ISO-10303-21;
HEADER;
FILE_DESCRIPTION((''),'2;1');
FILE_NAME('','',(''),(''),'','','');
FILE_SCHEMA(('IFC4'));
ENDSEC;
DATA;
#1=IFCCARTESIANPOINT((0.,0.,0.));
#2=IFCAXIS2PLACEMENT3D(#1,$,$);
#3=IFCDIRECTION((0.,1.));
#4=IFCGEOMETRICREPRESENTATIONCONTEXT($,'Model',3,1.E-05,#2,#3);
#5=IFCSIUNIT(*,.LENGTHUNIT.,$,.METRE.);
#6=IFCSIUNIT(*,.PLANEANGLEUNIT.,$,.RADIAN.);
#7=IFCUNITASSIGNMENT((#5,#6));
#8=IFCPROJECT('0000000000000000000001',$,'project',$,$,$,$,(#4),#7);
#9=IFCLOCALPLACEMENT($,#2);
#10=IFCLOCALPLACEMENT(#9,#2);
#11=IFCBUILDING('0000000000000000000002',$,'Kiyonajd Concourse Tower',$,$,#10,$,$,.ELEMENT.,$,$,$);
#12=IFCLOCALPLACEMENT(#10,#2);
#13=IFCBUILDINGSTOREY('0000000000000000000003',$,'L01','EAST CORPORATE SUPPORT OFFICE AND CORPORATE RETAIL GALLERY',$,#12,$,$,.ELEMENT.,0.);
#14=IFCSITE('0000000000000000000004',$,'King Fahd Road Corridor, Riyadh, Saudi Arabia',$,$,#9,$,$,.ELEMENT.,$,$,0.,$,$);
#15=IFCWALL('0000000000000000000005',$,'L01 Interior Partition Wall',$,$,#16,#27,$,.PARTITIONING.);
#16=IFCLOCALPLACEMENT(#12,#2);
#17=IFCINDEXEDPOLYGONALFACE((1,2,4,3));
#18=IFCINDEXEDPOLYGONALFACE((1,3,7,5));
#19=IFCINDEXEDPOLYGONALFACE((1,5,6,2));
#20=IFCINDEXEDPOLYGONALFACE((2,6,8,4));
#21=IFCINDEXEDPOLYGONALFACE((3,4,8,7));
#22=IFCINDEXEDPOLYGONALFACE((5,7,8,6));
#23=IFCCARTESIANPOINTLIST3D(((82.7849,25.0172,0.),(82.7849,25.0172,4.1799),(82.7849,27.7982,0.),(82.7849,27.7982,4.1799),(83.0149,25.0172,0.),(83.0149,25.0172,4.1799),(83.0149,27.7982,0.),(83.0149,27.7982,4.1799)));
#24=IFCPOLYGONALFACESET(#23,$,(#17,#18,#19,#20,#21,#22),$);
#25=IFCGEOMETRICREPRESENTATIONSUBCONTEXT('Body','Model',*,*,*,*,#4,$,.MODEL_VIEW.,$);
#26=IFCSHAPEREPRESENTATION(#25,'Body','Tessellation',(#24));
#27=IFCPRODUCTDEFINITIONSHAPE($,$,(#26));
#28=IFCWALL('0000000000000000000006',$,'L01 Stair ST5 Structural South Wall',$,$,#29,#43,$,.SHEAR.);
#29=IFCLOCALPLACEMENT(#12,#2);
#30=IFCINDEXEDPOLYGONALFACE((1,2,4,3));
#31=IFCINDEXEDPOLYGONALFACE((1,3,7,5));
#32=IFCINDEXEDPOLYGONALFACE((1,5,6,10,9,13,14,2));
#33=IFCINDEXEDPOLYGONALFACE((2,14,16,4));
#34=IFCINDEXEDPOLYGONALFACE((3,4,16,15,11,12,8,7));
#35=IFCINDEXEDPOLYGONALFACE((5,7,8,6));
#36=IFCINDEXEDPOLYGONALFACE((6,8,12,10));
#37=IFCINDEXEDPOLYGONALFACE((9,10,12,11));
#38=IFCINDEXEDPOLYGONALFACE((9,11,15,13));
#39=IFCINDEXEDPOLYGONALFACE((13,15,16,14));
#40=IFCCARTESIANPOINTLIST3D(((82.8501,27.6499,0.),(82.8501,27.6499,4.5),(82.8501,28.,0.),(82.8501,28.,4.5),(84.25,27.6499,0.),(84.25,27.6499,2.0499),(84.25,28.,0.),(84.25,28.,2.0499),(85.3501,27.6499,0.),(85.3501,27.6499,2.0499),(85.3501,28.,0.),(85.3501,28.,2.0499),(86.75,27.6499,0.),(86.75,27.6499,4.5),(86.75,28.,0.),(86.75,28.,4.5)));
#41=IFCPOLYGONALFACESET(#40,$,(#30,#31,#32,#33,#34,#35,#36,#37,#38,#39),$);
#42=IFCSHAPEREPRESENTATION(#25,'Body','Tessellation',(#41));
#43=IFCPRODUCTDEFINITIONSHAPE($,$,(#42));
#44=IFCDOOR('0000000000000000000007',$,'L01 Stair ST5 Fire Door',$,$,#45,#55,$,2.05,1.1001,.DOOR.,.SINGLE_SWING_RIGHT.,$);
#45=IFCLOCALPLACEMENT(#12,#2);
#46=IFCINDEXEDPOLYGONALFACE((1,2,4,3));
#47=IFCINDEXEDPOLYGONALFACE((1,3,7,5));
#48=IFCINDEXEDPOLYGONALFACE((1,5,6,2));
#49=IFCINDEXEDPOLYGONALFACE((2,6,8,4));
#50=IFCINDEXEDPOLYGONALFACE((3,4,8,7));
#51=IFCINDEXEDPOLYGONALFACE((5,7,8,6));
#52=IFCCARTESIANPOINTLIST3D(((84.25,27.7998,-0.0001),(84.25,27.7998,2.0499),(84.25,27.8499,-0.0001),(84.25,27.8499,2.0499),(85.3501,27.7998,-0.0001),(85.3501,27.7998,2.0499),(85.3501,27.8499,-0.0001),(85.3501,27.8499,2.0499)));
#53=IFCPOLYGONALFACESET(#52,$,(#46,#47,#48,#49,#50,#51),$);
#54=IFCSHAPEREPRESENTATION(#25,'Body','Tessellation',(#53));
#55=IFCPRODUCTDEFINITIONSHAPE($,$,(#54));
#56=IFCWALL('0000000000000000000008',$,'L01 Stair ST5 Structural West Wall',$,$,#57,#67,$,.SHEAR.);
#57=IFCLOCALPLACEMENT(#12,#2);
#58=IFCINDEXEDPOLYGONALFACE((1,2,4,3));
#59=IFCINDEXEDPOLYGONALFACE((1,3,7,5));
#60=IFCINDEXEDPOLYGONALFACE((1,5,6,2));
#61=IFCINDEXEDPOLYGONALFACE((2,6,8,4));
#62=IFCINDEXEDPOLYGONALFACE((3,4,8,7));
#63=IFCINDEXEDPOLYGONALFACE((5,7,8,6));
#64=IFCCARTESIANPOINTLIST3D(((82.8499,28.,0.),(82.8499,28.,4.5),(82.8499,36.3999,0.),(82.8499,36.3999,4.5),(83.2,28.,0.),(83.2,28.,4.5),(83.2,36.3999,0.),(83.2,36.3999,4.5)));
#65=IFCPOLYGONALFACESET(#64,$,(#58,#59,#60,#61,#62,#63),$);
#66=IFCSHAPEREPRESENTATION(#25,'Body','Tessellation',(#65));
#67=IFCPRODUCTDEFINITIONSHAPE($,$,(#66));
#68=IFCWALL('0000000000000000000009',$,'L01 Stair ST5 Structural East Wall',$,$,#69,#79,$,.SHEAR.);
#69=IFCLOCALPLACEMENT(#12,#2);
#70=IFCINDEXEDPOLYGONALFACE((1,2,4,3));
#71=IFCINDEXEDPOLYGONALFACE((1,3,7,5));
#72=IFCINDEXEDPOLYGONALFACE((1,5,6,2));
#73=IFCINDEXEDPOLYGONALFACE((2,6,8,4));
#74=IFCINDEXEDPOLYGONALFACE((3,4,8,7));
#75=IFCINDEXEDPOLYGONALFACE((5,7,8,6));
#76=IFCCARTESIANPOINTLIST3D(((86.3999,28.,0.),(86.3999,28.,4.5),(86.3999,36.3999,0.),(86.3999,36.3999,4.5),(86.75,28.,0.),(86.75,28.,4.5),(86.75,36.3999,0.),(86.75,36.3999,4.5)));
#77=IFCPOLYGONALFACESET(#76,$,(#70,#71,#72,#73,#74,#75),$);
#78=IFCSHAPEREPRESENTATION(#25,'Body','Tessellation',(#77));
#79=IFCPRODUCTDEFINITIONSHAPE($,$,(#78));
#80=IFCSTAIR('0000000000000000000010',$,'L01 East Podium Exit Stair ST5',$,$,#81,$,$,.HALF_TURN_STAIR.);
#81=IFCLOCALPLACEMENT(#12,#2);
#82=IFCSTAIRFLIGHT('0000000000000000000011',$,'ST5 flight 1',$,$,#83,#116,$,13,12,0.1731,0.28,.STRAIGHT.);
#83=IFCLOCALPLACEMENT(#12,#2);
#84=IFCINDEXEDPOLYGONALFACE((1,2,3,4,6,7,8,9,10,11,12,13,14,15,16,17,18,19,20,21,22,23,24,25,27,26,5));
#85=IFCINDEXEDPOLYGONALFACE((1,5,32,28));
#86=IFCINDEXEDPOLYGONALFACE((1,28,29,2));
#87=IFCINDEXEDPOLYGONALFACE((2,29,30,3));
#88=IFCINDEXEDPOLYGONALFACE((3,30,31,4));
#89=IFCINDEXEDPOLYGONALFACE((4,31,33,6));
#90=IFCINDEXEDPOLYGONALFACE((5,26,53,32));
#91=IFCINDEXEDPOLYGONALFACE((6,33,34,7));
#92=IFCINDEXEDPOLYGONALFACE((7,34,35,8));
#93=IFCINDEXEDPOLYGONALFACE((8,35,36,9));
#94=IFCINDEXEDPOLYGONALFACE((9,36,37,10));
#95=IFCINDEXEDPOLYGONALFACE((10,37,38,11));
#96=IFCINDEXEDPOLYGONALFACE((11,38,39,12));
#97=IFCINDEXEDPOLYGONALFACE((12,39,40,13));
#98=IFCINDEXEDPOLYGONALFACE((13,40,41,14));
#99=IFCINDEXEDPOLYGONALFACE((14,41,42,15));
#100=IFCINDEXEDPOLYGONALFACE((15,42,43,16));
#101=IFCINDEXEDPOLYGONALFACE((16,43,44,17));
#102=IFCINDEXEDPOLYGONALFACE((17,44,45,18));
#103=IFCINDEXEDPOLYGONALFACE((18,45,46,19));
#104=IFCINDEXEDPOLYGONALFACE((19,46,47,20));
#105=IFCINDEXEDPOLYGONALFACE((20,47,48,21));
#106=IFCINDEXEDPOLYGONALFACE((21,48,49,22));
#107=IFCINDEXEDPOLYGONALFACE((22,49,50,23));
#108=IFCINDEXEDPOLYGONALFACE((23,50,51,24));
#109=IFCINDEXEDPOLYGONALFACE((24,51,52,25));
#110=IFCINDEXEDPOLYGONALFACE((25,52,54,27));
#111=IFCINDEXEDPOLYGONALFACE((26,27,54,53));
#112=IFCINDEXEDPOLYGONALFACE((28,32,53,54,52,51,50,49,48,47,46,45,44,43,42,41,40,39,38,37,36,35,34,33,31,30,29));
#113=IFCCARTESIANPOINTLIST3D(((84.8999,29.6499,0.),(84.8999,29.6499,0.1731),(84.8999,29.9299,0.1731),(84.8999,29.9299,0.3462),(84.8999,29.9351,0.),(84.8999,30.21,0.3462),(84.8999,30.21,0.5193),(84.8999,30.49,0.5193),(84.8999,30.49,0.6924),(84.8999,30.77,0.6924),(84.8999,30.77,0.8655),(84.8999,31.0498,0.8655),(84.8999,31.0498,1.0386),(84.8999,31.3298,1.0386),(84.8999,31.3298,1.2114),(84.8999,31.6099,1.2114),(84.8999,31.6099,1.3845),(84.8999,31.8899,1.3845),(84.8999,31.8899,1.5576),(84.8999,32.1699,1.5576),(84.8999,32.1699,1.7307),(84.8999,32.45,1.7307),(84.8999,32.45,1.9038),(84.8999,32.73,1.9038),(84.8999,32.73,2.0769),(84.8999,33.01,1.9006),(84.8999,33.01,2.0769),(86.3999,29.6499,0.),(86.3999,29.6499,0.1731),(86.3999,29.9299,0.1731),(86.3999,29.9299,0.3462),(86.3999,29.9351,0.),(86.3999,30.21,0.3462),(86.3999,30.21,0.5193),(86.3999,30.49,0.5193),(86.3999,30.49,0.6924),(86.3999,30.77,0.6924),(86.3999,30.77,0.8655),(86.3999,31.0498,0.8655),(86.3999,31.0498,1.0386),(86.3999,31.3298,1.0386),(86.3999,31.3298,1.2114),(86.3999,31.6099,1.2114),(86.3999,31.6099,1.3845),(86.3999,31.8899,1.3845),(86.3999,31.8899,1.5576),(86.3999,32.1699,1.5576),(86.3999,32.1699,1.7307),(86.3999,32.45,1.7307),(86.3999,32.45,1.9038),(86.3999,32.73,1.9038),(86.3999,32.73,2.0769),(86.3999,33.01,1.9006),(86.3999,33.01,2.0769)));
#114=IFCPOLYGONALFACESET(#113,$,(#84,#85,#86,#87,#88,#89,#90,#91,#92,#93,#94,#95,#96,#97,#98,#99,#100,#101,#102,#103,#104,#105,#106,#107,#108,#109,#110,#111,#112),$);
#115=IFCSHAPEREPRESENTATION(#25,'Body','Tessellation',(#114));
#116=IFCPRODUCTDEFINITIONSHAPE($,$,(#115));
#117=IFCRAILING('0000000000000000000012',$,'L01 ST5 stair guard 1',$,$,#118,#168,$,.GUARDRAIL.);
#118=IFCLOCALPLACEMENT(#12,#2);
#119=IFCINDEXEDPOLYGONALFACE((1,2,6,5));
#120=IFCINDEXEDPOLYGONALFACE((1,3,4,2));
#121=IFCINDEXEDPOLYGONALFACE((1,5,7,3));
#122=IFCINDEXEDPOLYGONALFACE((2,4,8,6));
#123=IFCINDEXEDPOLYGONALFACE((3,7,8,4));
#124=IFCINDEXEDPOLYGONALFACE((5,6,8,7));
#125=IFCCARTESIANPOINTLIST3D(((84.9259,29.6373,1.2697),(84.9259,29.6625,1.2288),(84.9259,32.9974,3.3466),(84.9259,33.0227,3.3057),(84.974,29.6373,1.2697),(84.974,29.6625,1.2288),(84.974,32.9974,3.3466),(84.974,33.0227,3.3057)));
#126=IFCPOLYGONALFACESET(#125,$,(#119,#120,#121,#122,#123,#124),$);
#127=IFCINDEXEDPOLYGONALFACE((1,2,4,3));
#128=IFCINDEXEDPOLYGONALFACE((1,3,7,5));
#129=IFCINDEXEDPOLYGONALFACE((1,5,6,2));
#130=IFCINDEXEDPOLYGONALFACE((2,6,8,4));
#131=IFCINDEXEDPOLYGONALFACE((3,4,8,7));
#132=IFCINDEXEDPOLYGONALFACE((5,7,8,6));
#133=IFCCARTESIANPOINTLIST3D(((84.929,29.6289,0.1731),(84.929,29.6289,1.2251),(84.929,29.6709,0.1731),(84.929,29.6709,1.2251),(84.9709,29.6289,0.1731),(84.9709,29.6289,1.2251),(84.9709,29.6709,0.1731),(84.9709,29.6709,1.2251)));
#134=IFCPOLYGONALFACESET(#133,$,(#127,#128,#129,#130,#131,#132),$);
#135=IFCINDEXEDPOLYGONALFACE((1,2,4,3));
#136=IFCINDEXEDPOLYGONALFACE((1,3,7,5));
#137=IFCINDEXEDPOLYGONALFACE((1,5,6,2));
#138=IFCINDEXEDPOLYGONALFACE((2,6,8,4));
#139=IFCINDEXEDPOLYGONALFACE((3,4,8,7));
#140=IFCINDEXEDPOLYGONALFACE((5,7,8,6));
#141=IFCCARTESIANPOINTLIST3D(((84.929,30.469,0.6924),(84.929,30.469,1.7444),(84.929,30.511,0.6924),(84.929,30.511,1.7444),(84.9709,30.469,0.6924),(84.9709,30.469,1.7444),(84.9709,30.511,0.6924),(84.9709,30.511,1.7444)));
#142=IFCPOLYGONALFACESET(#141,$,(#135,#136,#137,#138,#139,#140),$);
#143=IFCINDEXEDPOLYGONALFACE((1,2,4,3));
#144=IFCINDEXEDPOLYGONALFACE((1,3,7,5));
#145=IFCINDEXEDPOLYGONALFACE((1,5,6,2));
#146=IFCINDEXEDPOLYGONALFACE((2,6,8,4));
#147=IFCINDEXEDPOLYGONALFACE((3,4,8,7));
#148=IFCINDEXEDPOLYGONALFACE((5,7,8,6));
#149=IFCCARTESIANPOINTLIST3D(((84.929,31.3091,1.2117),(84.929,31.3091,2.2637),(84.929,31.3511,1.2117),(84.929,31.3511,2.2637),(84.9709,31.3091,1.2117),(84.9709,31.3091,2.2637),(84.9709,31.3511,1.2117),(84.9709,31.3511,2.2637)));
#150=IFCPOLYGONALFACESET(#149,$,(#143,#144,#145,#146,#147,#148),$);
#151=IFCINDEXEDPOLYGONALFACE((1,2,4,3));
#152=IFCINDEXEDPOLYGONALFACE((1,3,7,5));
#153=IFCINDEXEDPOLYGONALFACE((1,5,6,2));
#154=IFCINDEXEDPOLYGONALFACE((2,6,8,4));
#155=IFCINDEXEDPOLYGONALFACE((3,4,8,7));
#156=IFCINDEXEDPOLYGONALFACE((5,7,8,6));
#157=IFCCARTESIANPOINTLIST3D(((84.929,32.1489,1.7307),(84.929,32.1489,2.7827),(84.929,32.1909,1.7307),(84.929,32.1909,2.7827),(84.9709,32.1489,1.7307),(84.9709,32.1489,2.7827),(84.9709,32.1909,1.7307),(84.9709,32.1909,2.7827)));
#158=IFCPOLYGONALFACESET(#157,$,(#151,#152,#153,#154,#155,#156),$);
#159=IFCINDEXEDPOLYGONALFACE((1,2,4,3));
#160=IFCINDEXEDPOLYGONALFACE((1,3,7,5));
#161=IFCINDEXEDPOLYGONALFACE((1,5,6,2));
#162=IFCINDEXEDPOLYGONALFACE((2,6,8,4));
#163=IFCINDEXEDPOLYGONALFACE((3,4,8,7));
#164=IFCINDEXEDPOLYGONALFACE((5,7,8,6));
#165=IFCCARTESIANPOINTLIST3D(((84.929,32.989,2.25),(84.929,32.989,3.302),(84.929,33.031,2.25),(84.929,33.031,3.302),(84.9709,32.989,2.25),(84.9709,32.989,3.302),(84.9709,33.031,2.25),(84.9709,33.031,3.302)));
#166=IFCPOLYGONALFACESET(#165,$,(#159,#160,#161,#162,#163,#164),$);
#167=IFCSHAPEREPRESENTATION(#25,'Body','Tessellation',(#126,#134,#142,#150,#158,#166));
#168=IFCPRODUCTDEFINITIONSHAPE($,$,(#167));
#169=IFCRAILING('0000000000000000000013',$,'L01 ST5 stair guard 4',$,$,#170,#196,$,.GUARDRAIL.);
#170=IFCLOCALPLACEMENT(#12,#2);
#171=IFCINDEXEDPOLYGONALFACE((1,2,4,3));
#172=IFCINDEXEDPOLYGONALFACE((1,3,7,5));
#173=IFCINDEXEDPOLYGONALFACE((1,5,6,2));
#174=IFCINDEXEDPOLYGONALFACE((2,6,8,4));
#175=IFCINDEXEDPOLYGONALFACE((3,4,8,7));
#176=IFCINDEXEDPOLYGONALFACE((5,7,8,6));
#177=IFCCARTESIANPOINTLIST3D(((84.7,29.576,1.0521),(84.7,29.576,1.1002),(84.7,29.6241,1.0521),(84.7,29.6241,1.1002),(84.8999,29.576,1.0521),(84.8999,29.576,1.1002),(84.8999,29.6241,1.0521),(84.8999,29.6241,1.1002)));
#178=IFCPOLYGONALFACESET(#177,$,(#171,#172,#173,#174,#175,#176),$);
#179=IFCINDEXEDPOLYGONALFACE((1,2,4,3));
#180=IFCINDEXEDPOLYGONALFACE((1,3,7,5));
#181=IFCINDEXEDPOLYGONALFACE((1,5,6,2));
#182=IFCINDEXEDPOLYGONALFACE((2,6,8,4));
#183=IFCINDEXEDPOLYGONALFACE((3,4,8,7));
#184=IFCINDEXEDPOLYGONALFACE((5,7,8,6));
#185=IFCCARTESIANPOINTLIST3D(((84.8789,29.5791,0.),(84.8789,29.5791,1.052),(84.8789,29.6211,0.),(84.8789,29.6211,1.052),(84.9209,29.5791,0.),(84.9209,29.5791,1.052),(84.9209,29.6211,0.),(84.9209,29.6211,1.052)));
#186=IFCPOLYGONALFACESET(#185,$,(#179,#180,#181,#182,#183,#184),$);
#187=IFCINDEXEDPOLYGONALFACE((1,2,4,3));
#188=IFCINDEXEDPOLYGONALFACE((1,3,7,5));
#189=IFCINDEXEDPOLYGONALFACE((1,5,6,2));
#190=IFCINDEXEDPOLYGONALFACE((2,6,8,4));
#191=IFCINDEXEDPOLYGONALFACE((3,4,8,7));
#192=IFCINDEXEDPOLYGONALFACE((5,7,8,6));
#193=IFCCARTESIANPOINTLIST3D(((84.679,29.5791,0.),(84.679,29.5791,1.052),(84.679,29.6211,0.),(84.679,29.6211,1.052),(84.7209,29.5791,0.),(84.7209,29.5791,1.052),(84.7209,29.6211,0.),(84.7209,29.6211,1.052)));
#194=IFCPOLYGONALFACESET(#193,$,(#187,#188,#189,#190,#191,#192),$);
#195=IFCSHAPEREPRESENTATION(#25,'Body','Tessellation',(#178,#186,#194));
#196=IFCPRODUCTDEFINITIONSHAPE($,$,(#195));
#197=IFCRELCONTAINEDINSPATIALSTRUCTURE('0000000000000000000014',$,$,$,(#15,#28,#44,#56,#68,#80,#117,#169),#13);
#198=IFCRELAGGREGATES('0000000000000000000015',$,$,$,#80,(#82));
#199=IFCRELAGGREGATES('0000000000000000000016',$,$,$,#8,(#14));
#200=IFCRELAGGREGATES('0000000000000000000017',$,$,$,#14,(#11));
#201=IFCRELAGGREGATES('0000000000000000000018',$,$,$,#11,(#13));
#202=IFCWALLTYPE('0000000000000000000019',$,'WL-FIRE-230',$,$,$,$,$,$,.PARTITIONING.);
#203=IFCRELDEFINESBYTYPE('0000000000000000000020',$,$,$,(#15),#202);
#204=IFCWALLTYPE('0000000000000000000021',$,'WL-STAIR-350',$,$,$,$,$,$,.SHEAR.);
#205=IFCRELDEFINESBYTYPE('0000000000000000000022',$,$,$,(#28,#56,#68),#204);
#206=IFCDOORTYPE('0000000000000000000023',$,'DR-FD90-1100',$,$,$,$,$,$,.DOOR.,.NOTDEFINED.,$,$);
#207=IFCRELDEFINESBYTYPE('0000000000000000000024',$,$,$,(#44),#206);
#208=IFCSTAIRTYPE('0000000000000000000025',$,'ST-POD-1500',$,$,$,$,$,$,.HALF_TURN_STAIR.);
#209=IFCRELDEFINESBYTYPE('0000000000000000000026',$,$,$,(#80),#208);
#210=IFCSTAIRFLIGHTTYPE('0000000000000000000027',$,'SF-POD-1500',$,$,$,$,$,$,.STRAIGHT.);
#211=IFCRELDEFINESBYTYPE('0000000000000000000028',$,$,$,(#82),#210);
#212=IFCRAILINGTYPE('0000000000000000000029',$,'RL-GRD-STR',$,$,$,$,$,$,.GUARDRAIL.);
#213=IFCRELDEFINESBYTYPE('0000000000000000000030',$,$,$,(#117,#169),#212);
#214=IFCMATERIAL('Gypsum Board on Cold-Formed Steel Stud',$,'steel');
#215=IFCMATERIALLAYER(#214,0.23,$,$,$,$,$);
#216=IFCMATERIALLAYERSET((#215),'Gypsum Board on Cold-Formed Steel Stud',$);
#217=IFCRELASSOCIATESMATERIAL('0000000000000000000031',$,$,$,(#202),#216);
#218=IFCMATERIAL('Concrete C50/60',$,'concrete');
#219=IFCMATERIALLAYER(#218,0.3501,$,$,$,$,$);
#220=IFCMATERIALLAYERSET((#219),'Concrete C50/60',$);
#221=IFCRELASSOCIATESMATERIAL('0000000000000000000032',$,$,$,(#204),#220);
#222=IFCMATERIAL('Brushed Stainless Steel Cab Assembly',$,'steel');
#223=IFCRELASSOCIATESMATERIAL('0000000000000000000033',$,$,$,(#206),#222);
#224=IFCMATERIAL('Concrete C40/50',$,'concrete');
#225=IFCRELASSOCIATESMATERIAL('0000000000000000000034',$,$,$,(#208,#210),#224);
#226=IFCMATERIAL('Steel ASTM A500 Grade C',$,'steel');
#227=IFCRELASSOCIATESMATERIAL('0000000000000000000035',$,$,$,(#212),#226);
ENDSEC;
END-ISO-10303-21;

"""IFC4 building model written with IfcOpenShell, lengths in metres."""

from ifc_helpers import new_model, si_unit, direction, frame, frame_2d, origin, origin_2d, place, context, subcontext, project, spatial, polyline, rectangle, outline, extrude, material, layer, layer_set, type_object, element, fill, aggregate, save


model = new_model("IFC4")

# Units and contexts
model_context = context("Model", 3, precision=1e-05, world=origin(), true_north=direction((0.0, 1.0)))
body_context = subcontext(model_context, "Body", "Model", "MODEL_VIEW")
ifc_project = project(units=[si_unit("LENGTHUNIT", "METRE"), si_unit("PLANEANGLEUNIT", "RADIAN")], contexts=[model_context])

# Site, building, storey
site_placement = place(None, origin())
site = spatial("IfcSite", under=ifc_project, at=site_placement, Name="King Fahd Road Corridor, Riyadh, Saudi Arabia", CompositionType="ELEMENT", RefElevation=0.0)
building_placement = place(site_placement, origin())
building = spatial("IfcBuilding", under=site, at=building_placement, Name="Kiyonajd Concourse Tower", CompositionType="ELEMENT")
storey_placement = place(building_placement, origin())
storey = spatial("IfcBuildingStorey", under=building, at=storey_placement, Name="L01", Description="EAST CORPORATE SUPPORT OFFICE AND CORPORATE RETAIL GALLERY", CompositionType="ELEMENT", Elevation=0.0)

# Shared definitions
ifc_material_1 = material(Name="Concrete C50/60", Category="concrete")

# Wall
ifc_material_2 = material(Name="Gypsum Board on Cold-Formed Steel Stud", Category="steel")
ifc_layer_1 = layer(ifc_material_2, 0.23)
ifc_layer_set_1 = layer_set([ifc_layer_1], Name="Gypsum Board on Cold-Formed Steel Stud")
wall_type_1 = type_object("IfcWallType", Name="WL-FIRE-230", PredefinedType="PARTITIONING", material=ifc_layer_set_1)
wall_1_placement = place(storey_placement, frame((82.8999, 25.0171, 0.0), z_axis=(0.0, 0.0, 1.0), x_axis=(0.0, 1.0, 0.0)))
element("IfcWall", 1, at=wall_1_placement, inside=storey, type_object=wall_type_1, Name="L01 Interior Partition Wall", PredefinedType="PARTITIONING", context=body_context, shape_type="SweptSolid", body=[
    extrude(rectangle(XDim=2.781, YDim=0.23, at=frame_2d((1.3906, 0.0))), origin(), (0.0, 0.0, 1.0), 4.1799),
])

# Wall, opening, door
ifc_layer_2 = layer(ifc_material_1, 0.3501)
ifc_layer_set_2 = layer_set([ifc_layer_2], Name="Concrete C50/60")
wall_type_2 = type_object("IfcWallType", Name="WL-STAIR-350", PredefinedType="SHEAR", material=ifc_layer_set_2)
wall_2_placement = place(storey_placement, frame((82.8501, 27.825, 0.0), z_axis=(0.0, 0.0, 1.0), x_axis=(1.0, 0.0, 0.0)))
wall_2 = element("IfcWall", 2, at=wall_2_placement, inside=storey, type_object=wall_type_2, Name="L01 Stair ST5 Structural South Wall", PredefinedType="SHEAR", context=body_context, shape_type="SweptSolid", body=[
    extrude(rectangle(XDim=3.8999, YDim=0.3501, at=frame_2d((1.95, 0.0))), origin(), (0.0, 0.0, 1.0), 4.5),
])
opening_1_placement = place(wall_2_placement, frame((1.3999, 0.0, 0.0)))
opening_1 = element("IfcOpeningElement", 3, at=opening_1_placement, cuts=wall_2, PredefinedType="OPENING", context=body_context, shape_type="SweptSolid", body=[
    extrude(rectangle(XDim=1.1001, YDim=2.05, at=frame_2d((0.55, 1.0249))), frame((0.0, 0.1851, 0.0), z_axis=(0.0, -1.0, 0.0), x_axis=(1.0, 0.0, 0.0)), (0.0, 0.0, 1.0), 0.3701),
])
ifc_material_3 = material(Name="Brushed Stainless Steel Cab Assembly", Category="steel")
door_type_1 = type_object("IfcDoorType", Name="DR-FD90-1100", OperationType="NOTDEFINED", PredefinedType="DOOR", material=ifc_material_3)
door_1_placement = place(opening_1_placement, origin())
door_1 = element("IfcDoor", 4, at=door_1_placement, inside=storey, type_object=door_type_1, Name="L01 Stair ST5 Fire Door", OperationType="SINGLE_SWING_RIGHT", OverallHeight=2.05, OverallWidth=1.1001, PredefinedType="DOOR", context=body_context, shape_type="SweptSolid", body=[
    extrude(rectangle(XDim=1.1001, YDim=2.05, at=frame_2d((0.55, 1.0249))), frame((0.0, 0.0249, 0.0), z_axis=(0.0, -1.0, 0.0), x_axis=(1.0, 0.0, 0.0)), (0.0, 0.0, 1.0), 0.05),
])
fill(opening_1, door_1)

# Walls
for number, where, z_axis, x_axis, name in (
    (5, (83.0249, 28.0, 0.0), (0.0, 0.0, 1.0), (0.0, 1.0, 0.0), "L01 Stair ST5 Structural West Wall"),
    (6, (86.575, 28.0, 0.0), (0.0, 0.0, 1.0), (0.0, 1.0, 0.0), "L01 Stair ST5 Structural East Wall"),
):
    element("IfcWall", number, at=place(storey_placement, frame(where, z_axis=z_axis, x_axis=x_axis)), inside=storey, type_object=wall_type_2, Name=name, PredefinedType="SHEAR", context=body_context, shape_type="SweptSolid", body=[
        extrude(rectangle(XDim=8.3999, YDim=0.3501, at=frame_2d((4.2, 0.0))), origin(), (0.0, 0.0, 1.0), 4.5),
    ])

# Stair, stair flight
ifc_material_4 = material(Name="Concrete C40/50", Category="concrete")
stair_type = type_object("IfcStairType", Name="ST-POD-1500", PredefinedType="HALF_TURN_STAIR", material=ifc_material_4)
stair_placement = place(storey_placement, origin())
stair = element("IfcStair", 7, at=stair_placement, inside=storey, type_object=stair_type, Name="L01 East Podium Exit Stair ST5", PredefinedType="HALF_TURN_STAIR")
stair_flight_type = type_object("IfcStairFlightType", Name="SF-POD-1500", PredefinedType="STRAIGHT", material=ifc_material_4)
stair_flight_placement = place(storey_placement, frame((85.6499, 29.6499, 0.0), z_axis=(0.0, 0.0, 1.0), x_axis=(0.0, 1.0, 0.0)))
stair_flight = element("IfcStairFlight", 8, at=stair_flight_placement, type_object=stair_flight_type, Name="ST5 flight 1", NumberOfRisers=13, NumberOfTreads=12, PredefinedType="STRAIGHT", RiserHeight=0.1731, TreadLength=0.28, context=body_context, shape_type="SweptSolid", body=[
    extrude(outline(polyline([(0.0, 0.0), (0.0, 0.1731), (0.28, 0.1731), (0.28, 0.3462), (0.5601, 0.3462), (0.5601, 0.5193), (0.8401, 0.5193), (0.8401, 0.6924), (1.1201, 0.6924), (1.1201, 0.8655), (1.3999, 0.8655), (1.3999, 1.0386), (1.6799, 1.0386), (1.6799, 1.2114), (1.96, 1.2114), (1.96, 1.3845), (2.24, 1.3845), (2.24, 1.5576), (2.52, 1.5576), (2.52, 1.7307), (2.8, 1.7307), (2.8, 1.9038), (3.0801, 1.9038), (3.0801, 2.0769), (3.3601, 2.0769), (3.3601, 2.25), (3.3601, 1.9006), (0.2852, 0.0), (0.0, 0.0)])), frame((0.0, 0.75, 0.0), z_axis=(0.0, -1.0, 0.0), x_axis=(1.0, 0.0, 0.0)), (0.0, 0.0, 1.0), 1.5),
])
aggregate(stair, [stair_flight])

# Railings
ifc_material_5 = material(Name="Steel ASTM A500 Grade C", Category="steel")
railing_type_1 = type_object("IfcRailingType", Name="RL-GRD-STR", PredefinedType="GUARDRAIL", material=ifc_material_5)
railing_1_placement = place(storey_placement, frame((84.95, 29.6499, 0.1731)))
element("IfcRailing", 9, at=railing_1_placement, inside=storey, type_object=railing_type_1, Name="L01 ST5 stair guard 1", PredefinedType="GUARDRAIL", context=body_context, shape_type="SweptSolid", body=[
    extrude(rectangle(XDim=0.0481, YDim=0.0481, at=origin_2d()), frame((0.0, 0.0, 1.0762), z_axis=(0.0, 0.850623, 0.525776), x_axis=(-1.0, 0.0, 0.0)), (0.0, 0.0, 1.0), 3.9502),
    extrude(rectangle(XDim=0.042, YDim=0.042, at=origin_2d()), origin(), (0.0, 0.0, 1.0), 1.052),
    extrude(rectangle(XDim=0.042, YDim=0.042, at=origin_2d()), frame((0.0, 0.8401, 0.5193)), (0.0, 0.0, 1.0), 1.052),
    extrude(rectangle(XDim=0.042, YDim=0.042, at=origin_2d()), frame((0.0, 1.6802, 1.0386)), (0.0, 0.0, 1.0), 1.052),
    extrude(rectangle(XDim=0.042, YDim=0.042, at=origin_2d()), frame((0.0, 2.52, 1.5576)), (0.0, 0.0, 1.0), 1.052),
    extrude(rectangle(XDim=0.042, YDim=0.042, at=origin_2d()), frame((0.0, 3.3601, 2.0769)), (0.0, 0.0, 1.0), 1.052),
])
railing_2_placement = place(storey_placement, frame((84.8999, 29.6001, 0.0)))
element("IfcRailing", 10, at=railing_2_placement, inside=storey, type_object=railing_type_1, Name="L01 ST5 stair guard 4", PredefinedType="GUARDRAIL", context=body_context, shape_type="SweptSolid", body=[
    extrude(rectangle(XDim=0.0481, YDim=0.0481, at=origin_2d()), frame((0.0, 0.0, 1.0762), z_axis=(-1.0, 0.0, 0.0), x_axis=(0.0, -1.0, 0.0)), (0.0, 0.0, 1.0), 0.2),
    extrude(rectangle(XDim=0.042, YDim=0.042, at=origin_2d()), origin(), (0.0, 0.0, 1.0), 1.052),
    extrude(rectangle(XDim=0.042, YDim=0.042, at=origin_2d()), frame((-0.2, 0.0, 0.0)), (0.0, 0.0, 1.0), 1.052),
])

save(model, "model.ifc")
